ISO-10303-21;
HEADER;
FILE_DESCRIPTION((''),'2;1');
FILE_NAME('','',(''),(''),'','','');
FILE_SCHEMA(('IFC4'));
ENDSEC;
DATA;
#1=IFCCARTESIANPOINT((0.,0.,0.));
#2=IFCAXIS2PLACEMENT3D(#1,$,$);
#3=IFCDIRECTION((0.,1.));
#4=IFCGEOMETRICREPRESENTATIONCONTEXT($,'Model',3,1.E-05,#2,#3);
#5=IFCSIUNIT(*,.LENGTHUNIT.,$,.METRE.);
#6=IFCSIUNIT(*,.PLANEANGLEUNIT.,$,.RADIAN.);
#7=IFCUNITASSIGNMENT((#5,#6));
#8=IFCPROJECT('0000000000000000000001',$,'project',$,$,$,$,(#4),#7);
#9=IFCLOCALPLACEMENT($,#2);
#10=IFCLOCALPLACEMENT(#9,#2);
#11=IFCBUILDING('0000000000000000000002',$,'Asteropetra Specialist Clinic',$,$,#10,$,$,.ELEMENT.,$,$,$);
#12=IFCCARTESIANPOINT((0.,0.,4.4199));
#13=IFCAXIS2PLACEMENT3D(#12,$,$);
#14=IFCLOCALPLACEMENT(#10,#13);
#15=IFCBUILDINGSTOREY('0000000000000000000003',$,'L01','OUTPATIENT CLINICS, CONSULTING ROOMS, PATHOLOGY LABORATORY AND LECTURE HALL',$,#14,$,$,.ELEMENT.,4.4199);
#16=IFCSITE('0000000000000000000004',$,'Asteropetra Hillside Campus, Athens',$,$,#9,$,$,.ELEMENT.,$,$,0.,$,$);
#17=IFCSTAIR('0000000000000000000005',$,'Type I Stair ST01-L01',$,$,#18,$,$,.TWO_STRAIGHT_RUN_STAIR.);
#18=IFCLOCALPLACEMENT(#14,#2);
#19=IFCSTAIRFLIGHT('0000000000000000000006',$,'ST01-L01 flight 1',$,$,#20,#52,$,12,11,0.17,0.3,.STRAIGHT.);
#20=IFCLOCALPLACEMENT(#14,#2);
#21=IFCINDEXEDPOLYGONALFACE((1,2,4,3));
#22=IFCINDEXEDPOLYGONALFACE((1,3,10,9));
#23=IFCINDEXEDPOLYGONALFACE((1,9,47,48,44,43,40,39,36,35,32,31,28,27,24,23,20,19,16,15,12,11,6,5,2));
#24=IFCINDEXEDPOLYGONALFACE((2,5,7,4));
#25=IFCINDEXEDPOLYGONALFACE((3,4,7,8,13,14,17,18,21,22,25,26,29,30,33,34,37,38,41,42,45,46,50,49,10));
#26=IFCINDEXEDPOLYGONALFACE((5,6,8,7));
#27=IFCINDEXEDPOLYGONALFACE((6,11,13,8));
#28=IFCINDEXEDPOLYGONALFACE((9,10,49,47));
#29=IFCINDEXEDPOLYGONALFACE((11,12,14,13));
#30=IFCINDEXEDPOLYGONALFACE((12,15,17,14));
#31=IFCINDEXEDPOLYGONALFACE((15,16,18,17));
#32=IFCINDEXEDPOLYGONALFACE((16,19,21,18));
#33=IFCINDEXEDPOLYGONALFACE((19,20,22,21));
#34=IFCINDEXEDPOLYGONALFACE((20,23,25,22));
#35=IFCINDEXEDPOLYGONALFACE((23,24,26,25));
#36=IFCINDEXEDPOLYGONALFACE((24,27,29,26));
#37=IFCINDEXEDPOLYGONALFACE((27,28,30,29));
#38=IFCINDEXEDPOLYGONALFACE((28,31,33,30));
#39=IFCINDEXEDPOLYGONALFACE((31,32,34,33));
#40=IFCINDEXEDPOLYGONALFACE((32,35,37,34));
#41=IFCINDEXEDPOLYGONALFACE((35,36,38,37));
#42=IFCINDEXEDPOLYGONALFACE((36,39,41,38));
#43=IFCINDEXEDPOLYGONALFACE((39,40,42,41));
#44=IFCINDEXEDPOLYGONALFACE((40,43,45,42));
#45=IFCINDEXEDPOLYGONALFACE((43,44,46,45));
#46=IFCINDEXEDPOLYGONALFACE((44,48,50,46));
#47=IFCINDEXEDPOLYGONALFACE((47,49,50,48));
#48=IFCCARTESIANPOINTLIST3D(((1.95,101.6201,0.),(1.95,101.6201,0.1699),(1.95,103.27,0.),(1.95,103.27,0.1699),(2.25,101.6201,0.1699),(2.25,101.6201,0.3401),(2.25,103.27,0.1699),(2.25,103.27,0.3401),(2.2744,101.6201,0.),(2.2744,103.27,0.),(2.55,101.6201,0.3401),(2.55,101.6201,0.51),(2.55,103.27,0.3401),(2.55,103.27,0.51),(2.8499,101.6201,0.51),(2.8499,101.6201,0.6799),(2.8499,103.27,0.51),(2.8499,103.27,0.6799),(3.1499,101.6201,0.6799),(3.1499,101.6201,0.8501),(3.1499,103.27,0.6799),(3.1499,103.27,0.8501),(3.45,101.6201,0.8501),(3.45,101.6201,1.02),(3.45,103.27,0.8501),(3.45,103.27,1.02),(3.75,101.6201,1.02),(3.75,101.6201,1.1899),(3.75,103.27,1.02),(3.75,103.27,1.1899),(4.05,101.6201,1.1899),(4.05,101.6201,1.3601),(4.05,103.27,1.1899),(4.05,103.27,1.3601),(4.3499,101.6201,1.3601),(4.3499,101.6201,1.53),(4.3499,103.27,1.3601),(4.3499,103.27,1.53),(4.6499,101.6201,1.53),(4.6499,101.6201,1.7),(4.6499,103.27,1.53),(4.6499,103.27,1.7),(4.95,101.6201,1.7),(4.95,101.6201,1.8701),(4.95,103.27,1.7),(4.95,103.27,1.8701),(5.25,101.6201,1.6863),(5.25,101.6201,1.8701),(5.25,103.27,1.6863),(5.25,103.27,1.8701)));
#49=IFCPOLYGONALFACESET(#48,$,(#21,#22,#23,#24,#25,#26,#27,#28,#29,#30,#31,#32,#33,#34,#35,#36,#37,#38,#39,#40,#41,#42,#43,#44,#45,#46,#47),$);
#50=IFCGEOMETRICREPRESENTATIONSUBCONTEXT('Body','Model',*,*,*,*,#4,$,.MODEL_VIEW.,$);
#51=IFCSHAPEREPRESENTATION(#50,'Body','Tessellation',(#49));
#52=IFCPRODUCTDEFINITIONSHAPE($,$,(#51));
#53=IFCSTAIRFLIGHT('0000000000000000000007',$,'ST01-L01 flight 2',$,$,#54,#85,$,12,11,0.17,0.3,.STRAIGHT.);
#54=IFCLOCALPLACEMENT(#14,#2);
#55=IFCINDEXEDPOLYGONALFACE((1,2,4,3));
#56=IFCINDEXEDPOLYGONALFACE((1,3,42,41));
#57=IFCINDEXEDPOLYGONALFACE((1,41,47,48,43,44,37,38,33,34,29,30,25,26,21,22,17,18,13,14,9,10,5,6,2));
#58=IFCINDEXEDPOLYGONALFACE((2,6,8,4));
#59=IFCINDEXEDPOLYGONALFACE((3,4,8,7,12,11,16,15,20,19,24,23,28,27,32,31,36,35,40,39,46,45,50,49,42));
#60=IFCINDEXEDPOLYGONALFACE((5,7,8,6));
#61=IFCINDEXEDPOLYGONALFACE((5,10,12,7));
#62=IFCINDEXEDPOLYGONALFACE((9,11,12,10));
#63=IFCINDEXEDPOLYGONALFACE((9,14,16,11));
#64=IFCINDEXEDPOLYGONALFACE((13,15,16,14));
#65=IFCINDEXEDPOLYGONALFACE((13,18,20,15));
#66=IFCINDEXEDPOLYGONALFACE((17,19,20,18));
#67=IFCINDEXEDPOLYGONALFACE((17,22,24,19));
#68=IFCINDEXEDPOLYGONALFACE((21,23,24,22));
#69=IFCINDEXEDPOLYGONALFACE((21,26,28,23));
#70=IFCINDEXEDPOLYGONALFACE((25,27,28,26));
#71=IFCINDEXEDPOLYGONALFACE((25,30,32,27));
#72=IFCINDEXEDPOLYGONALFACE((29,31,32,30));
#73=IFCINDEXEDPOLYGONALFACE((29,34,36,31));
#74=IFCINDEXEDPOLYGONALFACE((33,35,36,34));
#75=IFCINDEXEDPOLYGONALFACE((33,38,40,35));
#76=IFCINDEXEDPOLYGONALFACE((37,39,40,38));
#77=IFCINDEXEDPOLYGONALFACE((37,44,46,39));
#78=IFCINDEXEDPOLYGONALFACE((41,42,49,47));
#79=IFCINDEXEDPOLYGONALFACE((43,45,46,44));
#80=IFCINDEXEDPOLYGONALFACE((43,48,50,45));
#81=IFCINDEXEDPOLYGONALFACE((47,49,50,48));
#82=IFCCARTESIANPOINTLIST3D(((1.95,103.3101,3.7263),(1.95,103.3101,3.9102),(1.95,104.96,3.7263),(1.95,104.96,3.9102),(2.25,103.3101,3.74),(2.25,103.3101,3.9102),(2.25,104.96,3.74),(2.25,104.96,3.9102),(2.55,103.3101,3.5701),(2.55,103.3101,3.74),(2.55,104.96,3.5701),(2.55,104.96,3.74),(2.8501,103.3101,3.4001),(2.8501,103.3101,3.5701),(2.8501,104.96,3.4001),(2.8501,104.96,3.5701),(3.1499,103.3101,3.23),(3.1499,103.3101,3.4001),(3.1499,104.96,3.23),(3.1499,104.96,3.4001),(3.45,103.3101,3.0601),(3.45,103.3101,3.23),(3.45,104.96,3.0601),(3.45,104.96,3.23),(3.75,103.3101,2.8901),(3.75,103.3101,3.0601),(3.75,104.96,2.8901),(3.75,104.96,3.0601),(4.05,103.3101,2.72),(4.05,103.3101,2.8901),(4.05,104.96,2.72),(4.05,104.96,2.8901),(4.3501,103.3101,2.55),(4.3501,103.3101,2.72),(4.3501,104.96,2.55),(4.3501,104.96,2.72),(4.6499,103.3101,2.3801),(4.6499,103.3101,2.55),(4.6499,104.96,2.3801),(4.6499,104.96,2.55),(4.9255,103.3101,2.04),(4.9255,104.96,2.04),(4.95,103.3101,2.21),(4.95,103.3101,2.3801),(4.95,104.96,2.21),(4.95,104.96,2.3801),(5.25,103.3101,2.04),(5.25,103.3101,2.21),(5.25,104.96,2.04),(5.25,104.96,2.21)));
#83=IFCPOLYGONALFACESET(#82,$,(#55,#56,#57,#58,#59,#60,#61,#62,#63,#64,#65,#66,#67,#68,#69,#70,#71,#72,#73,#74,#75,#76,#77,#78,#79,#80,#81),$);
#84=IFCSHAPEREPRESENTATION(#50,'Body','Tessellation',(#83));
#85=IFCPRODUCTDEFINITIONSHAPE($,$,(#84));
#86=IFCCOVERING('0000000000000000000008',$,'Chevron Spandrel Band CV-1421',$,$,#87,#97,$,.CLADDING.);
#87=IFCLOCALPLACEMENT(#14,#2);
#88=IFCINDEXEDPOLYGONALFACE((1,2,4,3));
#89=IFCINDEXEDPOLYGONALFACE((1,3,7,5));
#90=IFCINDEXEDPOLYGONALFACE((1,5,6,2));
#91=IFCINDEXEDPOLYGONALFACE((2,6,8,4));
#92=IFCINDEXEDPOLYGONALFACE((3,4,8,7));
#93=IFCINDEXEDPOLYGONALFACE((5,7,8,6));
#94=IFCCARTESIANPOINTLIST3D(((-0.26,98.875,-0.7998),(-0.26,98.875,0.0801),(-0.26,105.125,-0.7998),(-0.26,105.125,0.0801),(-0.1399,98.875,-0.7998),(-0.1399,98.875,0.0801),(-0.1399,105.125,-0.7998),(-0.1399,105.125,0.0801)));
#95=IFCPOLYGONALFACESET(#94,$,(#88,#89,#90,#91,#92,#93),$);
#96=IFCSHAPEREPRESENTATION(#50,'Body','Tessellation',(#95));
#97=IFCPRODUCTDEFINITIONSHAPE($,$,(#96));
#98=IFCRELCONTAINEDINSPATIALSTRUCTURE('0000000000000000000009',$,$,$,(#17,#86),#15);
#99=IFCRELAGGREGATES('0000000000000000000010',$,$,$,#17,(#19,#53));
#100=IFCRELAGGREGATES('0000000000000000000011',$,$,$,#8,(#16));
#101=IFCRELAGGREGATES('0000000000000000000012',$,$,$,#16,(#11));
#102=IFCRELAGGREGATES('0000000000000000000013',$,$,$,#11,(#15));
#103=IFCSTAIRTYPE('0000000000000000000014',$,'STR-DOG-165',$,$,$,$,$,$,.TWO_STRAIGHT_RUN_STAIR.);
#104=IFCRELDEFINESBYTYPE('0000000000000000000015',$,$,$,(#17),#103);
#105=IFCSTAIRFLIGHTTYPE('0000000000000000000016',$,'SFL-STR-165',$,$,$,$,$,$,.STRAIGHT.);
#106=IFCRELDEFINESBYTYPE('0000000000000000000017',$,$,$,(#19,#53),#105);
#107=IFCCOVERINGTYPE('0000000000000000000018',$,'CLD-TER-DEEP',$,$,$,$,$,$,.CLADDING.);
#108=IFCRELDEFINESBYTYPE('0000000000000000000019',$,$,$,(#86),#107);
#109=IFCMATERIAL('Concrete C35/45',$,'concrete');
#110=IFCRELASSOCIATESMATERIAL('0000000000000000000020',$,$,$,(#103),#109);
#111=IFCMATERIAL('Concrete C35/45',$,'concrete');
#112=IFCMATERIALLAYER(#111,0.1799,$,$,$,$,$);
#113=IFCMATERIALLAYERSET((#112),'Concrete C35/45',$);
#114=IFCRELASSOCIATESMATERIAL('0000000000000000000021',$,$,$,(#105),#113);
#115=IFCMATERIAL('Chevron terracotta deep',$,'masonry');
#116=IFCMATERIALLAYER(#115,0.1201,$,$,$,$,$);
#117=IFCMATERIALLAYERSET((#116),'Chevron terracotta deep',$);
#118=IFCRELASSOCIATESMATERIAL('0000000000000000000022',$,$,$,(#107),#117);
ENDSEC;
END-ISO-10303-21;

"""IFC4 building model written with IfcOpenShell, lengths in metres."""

from ifc_helpers import new_model, si_unit, direction, frame, origin, origin_2d, place, context, subcontext, project, spatial, polyline, rectangle, outline, extrude, material, layer, layer_set, type_object, element, aggregate, save


model = new_model("IFC4")

# Units and contexts
model_context = context("Model", 3, precision=1e-05, world=origin(), true_north=direction((0.0, 1.0)))
body_context = subcontext(model_context, "Body", "Model", "MODEL_VIEW")
ifc_project = project(units=[si_unit("LENGTHUNIT", "METRE"), si_unit("PLANEANGLEUNIT", "RADIAN")], contexts=[model_context])

# Site, building, storey
site_placement = place(None, origin())
site = spatial("IfcSite", under=ifc_project, at=site_placement, Name="Asteropetra Hillside Campus, Athens", CompositionType="ELEMENT", RefElevation=0.0)
building_placement = place(site_placement, origin())
building = spatial("IfcBuilding", under=site, at=building_placement, Name="Asteropetra Specialist Clinic", CompositionType="ELEMENT")
storey_placement = place(building_placement, frame((0.0, 0.0, 4.4199)))
storey = spatial("IfcBuildingStorey", under=building, at=storey_placement, Name="L01", Description="OUTPATIENT CLINICS, CONSULTING ROOMS, PATHOLOGY LABORATORY AND LECTURE HALL", CompositionType="ELEMENT", Elevation=4.4199)

# Stair, stair flights
ifc_material_1 = material(Name="Concrete C35/45", Category="concrete")
stair_type = type_object("IfcStairType", Name="STR-DOG-165", PredefinedType="TWO_STRAIGHT_RUN_STAIR", material=ifc_material_1)
stair_placement = place(storey_placement, origin())
stair = element("IfcStair", 1, at=stair_placement, inside=storey, type_object=stair_type, Name="Type I Stair ST01-L01", PredefinedType="TWO_STRAIGHT_RUN_STAIR")
ifc_material_2 = material(Name="Concrete C35/45", Category="concrete")
ifc_layer_1 = layer(ifc_material_2, 0.1799)
ifc_layer_set_1 = layer_set([ifc_layer_1], Name="Concrete C35/45")
stair_flight_type = type_object("IfcStairFlightType", Name="SFL-STR-165", PredefinedType="STRAIGHT", material=ifc_layer_set_1)
stair_flight_1_placement = place(storey_placement, frame((1.95, 102.4451, 0.0), z_axis=(0.0, 0.0, 1.0), x_axis=(1.0, 0.0, 0.0)))
stair_flight_1 = element("IfcStairFlight", 2, at=stair_flight_1_placement, type_object=stair_flight_type, Name="ST01-L01 flight 1", NumberOfRisers=12, NumberOfTreads=11, PredefinedType="STRAIGHT", RiserHeight=0.17, TreadLength=0.3, context=body_context, shape_type="SweptSolid", body=[
    extrude(outline(polyline([(0.0, 0.0), (0.0, 0.1699), (0.3, 0.1699), (0.3, 0.3401), (0.6001, 0.3401), (0.6001, 0.51), (0.8999, 0.51), (0.8999, 0.6799), (1.2, 0.6799), (1.2, 0.8501), (1.5, 0.8501), (1.5, 1.02), (1.8, 1.02), (1.8, 1.1899), (2.1001, 1.1899), (2.1001, 1.3601), (2.3999, 1.3601), (2.3999, 1.53), (2.7, 1.53), (2.7, 1.7), (3.0, 1.7), (3.0, 1.8701), (3.3, 1.8701), (3.3, 2.04), (3.3, 1.6863), (0.3245, 0.0), (0.0, 0.0)])), frame((0.0, 0.825, 0.0), z_axis=(0.0, -1.0, 0.0), x_axis=(1.0, 0.0, 0.0)), (0.0, 0.0, 1.0), 1.6499),
])
stair_flight_2_placement = place(storey_placement, frame((5.25, 104.135, 2.04), z_axis=(0.0, 0.0, 1.0), x_axis=(-1.0, 0.0, 0.0)))
stair_flight_2 = element("IfcStairFlight", 3, at=stair_flight_2_placement, type_object=stair_flight_type, Name="ST01-L01 flight 2", NumberOfRisers=12, NumberOfTreads=11, PredefinedType="STRAIGHT", RiserHeight=0.17, TreadLength=0.3, context=body_context, shape_type="SweptSolid", body=[
    extrude(outline(polyline([(0.0, 0.0), (0.0, 0.1699), (0.3, 0.1699), (0.3, 0.3401), (0.6001, 0.3401), (0.6001, 0.51), (0.8999, 0.51), (0.8999, 0.6799), (1.2, 0.6799), (1.2, 0.8501), (1.5, 0.8501), (1.5, 1.02), (1.8, 1.02), (1.8, 1.1899), (2.1001, 1.1899), (2.1001, 1.3601), (2.3999, 1.3601), (2.3999, 1.53), (2.7, 1.53), (2.7, 1.7), (3.0, 1.7), (3.0, 1.8701), (3.3, 1.8701), (3.3, 2.04), (3.3, 1.6863), (0.3245, 0.0), (0.0, 0.0)])), frame((0.0, 0.825, 0.0), z_axis=(0.0, -1.0, 0.0), x_axis=(1.0, 0.0, 0.0)), (0.0, 0.0, 1.0), 1.6499),
])
aggregate(stair, [stair_flight_1, stair_flight_2])

# Covering
ifc_material_3 = material(Name="Chevron terracotta deep", Category="masonry")
ifc_layer_2 = layer(ifc_material_3, 0.1201)
ifc_layer_set_2 = layer_set([ifc_layer_2], Name="Chevron terracotta deep")
covering_type = type_object("IfcCoveringType", Name="CLD-TER-DEEP", PredefinedType="CLADDING", material=ifc_layer_set_2)
covering_placement = place(storey_placement, frame((-0.2, 102.0, -0.7998), z_axis=(0.0, 0.0, 1.0), x_axis=(1.0, 0.0, 0.0)))
element("IfcCovering", 4, at=covering_placement, inside=storey, type_object=covering_type, Name="Chevron Spandrel Band CV-1421", PredefinedType="CLADDING", context=body_context, shape_type="SweptSolid", body=[
    extrude(rectangle(XDim=0.1201, YDim=6.25, at=origin_2d()), origin(), (0.0, 0.0, 1.0), 0.8799),
])

save(model, "model.ifc")
